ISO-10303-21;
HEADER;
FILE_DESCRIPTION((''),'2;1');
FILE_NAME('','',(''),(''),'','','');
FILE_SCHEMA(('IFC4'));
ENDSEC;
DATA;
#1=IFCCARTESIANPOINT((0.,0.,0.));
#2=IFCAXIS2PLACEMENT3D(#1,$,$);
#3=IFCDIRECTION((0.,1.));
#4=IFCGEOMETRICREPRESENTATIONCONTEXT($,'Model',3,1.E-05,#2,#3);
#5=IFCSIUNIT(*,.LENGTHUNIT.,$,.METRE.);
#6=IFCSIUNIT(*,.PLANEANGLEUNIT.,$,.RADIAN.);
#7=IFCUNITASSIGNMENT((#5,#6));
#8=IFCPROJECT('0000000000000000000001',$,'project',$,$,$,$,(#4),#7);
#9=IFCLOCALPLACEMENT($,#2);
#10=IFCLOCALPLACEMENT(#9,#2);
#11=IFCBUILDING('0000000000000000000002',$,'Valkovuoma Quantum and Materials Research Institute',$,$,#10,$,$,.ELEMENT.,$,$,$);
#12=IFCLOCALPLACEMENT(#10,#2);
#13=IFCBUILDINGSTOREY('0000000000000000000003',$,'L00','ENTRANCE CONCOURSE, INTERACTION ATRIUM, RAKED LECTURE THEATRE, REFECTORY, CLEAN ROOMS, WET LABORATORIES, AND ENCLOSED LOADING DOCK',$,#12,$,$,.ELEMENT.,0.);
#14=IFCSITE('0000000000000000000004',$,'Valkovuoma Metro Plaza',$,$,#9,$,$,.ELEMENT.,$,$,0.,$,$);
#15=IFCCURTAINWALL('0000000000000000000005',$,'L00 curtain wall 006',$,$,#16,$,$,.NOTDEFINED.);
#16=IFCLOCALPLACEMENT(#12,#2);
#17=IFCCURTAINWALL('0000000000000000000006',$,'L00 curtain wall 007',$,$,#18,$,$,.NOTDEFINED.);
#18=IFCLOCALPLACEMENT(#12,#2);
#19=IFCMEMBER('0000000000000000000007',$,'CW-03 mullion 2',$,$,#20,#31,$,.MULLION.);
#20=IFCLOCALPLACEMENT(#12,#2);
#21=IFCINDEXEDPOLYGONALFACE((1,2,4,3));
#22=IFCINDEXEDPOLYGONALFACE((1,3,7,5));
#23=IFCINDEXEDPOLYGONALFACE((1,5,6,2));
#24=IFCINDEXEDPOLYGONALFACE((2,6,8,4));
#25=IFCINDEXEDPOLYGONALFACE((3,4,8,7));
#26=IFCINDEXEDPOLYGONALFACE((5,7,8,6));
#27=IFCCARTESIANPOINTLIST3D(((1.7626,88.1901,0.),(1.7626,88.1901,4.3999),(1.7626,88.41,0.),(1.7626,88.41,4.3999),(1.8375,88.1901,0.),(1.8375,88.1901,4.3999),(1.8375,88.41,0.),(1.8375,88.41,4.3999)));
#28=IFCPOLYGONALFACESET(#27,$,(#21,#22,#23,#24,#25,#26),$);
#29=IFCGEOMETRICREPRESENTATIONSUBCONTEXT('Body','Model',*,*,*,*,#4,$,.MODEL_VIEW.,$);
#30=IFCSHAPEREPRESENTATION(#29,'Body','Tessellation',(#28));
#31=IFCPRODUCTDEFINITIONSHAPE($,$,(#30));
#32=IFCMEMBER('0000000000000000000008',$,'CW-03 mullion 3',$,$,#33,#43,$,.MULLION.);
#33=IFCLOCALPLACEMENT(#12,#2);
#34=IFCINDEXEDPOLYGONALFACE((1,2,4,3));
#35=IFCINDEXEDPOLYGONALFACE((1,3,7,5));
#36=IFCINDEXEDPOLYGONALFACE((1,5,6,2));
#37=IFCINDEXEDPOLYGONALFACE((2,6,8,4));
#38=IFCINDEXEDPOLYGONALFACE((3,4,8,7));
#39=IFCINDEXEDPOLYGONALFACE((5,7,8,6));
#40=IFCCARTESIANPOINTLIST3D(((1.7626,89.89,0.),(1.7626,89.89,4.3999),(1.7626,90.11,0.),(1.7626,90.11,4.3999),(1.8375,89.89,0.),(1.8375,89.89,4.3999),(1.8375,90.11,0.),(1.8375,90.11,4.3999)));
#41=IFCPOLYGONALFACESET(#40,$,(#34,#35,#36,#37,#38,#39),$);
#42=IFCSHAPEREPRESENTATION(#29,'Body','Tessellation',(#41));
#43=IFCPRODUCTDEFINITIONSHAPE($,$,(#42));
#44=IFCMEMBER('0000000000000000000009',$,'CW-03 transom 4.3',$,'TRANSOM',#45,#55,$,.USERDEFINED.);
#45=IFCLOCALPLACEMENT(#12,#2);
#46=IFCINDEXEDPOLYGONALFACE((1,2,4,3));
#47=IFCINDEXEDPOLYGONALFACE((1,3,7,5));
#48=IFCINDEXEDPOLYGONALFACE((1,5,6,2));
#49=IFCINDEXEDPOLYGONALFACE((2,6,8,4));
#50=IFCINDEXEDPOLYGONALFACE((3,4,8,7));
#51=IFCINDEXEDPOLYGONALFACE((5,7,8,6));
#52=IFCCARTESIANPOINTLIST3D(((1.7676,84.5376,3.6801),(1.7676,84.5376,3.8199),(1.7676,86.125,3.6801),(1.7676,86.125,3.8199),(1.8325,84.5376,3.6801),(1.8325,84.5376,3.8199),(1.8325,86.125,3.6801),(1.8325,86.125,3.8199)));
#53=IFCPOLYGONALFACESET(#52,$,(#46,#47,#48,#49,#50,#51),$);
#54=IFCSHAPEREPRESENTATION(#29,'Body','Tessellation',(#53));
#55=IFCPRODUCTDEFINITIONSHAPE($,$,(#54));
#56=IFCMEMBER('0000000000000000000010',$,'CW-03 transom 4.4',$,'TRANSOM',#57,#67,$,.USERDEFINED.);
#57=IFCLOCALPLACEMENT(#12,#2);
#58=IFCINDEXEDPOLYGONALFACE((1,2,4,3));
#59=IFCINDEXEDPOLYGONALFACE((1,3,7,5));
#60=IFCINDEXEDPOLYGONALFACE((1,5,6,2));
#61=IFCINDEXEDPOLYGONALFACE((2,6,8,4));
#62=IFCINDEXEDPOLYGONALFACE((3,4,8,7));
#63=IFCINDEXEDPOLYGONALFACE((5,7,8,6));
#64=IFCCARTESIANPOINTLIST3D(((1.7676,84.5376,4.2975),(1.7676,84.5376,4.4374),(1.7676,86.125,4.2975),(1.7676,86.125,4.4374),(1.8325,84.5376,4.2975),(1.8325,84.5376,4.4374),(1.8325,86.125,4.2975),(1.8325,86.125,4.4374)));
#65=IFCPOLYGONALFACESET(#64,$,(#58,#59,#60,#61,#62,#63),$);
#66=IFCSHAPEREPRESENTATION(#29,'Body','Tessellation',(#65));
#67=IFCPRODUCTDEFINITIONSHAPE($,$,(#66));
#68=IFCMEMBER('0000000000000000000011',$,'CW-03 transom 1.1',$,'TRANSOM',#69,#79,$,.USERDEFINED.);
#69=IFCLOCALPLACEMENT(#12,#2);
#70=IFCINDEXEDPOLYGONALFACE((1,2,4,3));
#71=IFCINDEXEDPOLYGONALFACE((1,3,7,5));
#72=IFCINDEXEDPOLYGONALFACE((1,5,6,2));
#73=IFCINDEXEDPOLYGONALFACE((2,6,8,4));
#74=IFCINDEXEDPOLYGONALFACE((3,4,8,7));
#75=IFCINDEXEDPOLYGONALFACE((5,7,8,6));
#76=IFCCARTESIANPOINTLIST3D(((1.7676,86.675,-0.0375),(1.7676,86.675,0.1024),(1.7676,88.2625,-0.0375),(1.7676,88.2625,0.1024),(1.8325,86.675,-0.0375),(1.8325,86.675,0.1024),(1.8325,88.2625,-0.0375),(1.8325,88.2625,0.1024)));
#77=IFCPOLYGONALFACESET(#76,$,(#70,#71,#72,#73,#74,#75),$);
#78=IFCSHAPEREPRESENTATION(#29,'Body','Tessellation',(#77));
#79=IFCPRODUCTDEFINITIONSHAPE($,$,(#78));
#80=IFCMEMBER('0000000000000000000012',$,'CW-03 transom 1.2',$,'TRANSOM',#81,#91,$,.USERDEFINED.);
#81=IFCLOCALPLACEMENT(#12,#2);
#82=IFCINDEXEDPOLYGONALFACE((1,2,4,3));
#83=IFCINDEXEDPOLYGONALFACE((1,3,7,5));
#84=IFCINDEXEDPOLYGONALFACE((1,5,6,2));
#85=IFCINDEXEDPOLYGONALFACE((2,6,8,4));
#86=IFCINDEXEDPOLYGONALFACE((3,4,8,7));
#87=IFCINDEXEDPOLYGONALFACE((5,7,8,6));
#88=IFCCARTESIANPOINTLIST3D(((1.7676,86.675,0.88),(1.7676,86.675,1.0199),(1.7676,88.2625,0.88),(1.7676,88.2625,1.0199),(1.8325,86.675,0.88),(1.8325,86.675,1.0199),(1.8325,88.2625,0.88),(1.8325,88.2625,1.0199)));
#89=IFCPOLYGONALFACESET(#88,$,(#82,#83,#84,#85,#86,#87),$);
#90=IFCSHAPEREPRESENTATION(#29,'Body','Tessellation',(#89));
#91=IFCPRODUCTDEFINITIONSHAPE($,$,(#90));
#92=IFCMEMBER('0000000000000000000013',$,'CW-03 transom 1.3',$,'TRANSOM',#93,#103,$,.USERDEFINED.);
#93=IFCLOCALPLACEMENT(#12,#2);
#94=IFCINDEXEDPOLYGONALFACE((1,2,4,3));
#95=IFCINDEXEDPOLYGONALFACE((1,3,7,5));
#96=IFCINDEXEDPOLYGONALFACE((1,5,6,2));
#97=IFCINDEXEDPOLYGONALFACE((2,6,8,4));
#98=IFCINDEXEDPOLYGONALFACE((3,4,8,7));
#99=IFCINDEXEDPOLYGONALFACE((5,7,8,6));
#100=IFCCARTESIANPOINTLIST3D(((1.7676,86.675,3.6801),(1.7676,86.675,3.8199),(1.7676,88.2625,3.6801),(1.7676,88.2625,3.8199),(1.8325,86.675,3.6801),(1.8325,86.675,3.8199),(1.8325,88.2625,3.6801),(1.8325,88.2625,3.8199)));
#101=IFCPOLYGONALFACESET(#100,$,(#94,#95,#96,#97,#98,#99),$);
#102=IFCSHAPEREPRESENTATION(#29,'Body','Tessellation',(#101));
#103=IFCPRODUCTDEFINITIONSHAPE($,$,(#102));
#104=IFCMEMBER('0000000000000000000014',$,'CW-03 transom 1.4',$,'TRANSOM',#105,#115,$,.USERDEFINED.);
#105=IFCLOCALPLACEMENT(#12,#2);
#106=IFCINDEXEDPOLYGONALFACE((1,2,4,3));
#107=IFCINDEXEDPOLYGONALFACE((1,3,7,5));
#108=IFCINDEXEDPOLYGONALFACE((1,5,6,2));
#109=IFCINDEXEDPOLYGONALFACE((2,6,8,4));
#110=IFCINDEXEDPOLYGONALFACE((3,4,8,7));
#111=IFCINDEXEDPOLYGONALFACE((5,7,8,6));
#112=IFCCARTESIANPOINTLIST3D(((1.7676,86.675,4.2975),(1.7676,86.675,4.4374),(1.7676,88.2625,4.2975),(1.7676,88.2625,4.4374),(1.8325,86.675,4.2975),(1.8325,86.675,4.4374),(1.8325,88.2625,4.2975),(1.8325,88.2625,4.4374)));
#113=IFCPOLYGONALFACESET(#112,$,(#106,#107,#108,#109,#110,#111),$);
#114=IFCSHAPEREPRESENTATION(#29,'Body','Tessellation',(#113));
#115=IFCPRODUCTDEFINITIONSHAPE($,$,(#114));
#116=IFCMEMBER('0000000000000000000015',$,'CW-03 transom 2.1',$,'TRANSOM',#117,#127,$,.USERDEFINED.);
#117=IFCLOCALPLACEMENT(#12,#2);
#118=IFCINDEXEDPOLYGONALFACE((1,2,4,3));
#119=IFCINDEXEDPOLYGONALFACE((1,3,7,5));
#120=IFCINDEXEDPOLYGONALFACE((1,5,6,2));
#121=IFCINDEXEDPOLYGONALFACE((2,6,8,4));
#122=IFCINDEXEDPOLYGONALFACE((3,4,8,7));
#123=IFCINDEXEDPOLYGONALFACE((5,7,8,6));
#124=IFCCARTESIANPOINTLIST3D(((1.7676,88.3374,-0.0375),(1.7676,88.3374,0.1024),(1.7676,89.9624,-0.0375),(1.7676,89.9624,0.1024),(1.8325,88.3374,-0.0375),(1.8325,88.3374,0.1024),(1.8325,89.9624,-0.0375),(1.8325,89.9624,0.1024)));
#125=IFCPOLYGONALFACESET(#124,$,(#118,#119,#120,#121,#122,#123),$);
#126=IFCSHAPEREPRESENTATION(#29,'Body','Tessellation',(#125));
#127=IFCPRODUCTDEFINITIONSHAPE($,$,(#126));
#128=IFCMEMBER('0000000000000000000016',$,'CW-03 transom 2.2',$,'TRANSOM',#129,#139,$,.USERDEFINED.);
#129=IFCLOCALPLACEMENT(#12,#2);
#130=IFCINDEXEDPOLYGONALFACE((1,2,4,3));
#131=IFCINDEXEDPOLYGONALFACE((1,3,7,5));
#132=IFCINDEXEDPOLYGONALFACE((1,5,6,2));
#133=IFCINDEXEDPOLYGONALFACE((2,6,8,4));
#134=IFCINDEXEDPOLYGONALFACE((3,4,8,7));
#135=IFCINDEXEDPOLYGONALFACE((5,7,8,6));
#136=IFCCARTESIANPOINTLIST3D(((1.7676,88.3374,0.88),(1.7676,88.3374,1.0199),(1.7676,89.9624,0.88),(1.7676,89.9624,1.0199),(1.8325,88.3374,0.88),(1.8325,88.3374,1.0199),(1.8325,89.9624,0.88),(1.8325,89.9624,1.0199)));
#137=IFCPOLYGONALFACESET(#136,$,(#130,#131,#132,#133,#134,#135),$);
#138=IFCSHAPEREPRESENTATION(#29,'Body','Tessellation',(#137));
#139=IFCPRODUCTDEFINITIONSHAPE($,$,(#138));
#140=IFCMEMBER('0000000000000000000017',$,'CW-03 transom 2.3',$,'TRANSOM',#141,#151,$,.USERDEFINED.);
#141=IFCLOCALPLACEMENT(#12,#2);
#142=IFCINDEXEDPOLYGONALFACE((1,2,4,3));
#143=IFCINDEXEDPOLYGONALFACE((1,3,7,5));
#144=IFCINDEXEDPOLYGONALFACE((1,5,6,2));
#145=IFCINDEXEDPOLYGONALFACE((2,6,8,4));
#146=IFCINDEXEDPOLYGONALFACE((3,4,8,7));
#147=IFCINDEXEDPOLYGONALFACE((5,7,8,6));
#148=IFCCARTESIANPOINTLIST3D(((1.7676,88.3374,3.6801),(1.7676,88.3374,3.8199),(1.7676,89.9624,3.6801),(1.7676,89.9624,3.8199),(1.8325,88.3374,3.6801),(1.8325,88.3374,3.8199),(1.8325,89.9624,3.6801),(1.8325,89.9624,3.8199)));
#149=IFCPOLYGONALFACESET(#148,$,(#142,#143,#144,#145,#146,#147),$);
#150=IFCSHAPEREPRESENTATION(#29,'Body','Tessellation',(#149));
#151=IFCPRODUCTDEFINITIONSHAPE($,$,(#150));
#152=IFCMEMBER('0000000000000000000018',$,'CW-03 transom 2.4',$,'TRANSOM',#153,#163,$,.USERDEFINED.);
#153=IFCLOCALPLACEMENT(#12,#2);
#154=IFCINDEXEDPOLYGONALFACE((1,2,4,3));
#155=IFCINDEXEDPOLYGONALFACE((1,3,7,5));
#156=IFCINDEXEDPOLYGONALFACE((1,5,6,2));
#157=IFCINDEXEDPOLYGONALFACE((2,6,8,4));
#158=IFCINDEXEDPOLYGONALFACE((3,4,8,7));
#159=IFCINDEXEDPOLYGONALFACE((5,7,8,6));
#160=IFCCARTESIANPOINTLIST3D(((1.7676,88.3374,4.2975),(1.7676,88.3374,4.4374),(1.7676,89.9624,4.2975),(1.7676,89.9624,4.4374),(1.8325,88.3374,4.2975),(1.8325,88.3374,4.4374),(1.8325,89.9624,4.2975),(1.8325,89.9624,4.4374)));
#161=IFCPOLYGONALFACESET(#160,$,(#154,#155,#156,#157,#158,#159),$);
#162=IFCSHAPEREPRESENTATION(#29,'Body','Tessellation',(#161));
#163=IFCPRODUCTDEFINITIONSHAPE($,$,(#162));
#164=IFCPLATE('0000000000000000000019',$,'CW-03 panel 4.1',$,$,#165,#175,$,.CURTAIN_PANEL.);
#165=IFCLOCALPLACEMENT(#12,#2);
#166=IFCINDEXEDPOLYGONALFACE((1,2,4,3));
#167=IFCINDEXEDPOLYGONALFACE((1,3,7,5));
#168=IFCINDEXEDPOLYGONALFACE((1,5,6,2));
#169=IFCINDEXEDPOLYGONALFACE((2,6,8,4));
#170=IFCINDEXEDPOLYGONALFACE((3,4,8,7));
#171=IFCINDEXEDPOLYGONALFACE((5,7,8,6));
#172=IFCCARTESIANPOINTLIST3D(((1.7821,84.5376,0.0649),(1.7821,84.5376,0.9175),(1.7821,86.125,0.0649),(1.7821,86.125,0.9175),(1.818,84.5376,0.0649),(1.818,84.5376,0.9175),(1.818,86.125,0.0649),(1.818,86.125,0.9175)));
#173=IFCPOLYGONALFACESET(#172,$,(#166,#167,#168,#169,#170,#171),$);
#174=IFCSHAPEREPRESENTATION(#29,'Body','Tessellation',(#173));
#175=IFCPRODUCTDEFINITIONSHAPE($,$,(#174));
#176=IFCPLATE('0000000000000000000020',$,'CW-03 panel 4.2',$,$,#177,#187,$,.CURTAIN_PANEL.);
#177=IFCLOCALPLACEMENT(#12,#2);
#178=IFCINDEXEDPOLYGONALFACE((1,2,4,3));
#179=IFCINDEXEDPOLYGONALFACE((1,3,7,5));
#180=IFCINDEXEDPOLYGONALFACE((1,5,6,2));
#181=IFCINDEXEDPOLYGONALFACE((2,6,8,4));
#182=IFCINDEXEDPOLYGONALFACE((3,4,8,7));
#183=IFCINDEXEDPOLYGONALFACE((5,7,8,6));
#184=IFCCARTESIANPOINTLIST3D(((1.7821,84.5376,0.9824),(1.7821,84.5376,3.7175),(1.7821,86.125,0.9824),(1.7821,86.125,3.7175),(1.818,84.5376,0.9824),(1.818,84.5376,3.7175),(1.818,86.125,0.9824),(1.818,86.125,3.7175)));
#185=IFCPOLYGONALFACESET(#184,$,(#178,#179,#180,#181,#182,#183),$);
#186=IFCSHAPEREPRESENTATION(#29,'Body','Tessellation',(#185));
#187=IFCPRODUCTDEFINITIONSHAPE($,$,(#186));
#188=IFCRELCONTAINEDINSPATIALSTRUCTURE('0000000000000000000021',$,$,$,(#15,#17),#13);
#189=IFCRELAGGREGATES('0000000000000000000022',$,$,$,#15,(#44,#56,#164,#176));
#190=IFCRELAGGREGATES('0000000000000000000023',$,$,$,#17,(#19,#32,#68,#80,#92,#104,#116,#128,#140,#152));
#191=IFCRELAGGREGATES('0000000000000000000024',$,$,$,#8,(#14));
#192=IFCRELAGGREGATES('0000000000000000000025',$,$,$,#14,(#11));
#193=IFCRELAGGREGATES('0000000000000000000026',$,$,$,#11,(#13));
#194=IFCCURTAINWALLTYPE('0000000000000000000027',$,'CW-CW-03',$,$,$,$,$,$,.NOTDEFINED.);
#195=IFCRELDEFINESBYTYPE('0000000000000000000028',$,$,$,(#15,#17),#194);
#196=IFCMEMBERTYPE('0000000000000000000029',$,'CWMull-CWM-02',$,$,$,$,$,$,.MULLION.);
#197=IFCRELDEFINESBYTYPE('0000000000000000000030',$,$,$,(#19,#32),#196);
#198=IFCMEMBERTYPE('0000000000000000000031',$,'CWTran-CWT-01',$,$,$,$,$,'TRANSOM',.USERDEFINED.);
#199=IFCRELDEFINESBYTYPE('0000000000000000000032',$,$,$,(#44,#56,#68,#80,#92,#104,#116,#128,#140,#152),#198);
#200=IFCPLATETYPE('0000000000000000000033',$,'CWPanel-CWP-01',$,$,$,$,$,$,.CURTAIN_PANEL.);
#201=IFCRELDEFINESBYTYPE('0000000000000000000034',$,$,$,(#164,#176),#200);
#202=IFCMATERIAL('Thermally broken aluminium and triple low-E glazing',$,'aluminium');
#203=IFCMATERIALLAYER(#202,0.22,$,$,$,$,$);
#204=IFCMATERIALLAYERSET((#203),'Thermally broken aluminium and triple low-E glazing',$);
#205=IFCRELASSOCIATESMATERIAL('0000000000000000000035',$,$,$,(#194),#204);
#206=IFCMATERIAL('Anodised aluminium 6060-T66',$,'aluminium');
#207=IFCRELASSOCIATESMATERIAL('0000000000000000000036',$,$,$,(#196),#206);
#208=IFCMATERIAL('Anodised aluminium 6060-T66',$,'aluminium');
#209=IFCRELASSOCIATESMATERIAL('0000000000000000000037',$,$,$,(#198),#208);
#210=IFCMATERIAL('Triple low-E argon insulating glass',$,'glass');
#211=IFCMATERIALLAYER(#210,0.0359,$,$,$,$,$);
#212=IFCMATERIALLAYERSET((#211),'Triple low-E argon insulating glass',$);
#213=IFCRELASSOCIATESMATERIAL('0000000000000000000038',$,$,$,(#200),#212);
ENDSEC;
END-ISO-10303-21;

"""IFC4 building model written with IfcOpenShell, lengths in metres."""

from ifc_helpers import new_model, si_unit, direction, frame, origin, origin_2d, place, context, subcontext, project, spatial, rectangle, extrude, material, layer, layer_set, material_profile, profile_set, type_object, element, aggregate, save


model = new_model("IFC4")

# Units and contexts
model_context = context("Model", 3, precision=1e-05, world=origin(), true_north=direction((0.0, 1.0)))
body_context = subcontext(model_context, "Body", "Model", "MODEL_VIEW")
ifc_project = project(units=[si_unit("LENGTHUNIT", "METRE"), si_unit("PLANEANGLEUNIT", "RADIAN")], contexts=[model_context])

# Site, building, storey
site_placement = place(None, origin())
site = spatial("IfcSite", under=ifc_project, at=site_placement, Name="Valkovuoma Metro Plaza", CompositionType="ELEMENT", RefElevation=0.0)
building_placement = place(site_placement, origin())
building = spatial("IfcBuilding", under=site, at=building_placement, Name="Valkovuoma Quantum and Materials Research Institute", CompositionType="ELEMENT")
storey_placement = place(building_placement, origin())
storey = spatial("IfcBuildingStorey", under=building, at=storey_placement, Name="L00", Description="ENTRANCE CONCOURSE, INTERACTION ATRIUM, RAKED LECTURE THEATRE, REFECTORY, CLEAN ROOMS, WET LABORATORIES, AND ENCLOSED LOADING DOCK", CompositionType="ELEMENT", Elevation=0.0)

# Curtain wall
ifc_material_1 = material(Name="Thermally broken aluminium and triple low-E glazing", Category="aluminium")
ifc_layer_1 = layer(ifc_material_1, 0.22)
ifc_layer_set_1 = layer_set([ifc_layer_1], Name="Thermally broken aluminium and triple low-E glazing")
curtain_wall_type = type_object("IfcCurtainWallType", Name="CW-CW-03", PredefinedType="NOTDEFINED", material=ifc_layer_set_1)
curtain_wall_1_placement = place(storey_placement, origin())
curtain_wall_1 = element("IfcCurtainWall", 1, at=curtain_wall_1_placement, inside=storey, type_object=curtain_wall_type, Name="L00 curtain wall 006", PredefinedType="NOTDEFINED")
ifc_material_2 = material(Name="Anodised aluminium 6060-T66", Category="aluminium")
ifc_material_profile_1 = material_profile(ifc_material_2, rectangle(XDim=0.075, YDim=0.22, at=origin_2d()), Name="Anodised aluminium 6060-T66")
ifc_profile_set_1 = profile_set([ifc_material_profile_1], Name="Anodised aluminium 6060-T66")
member_type_1 = type_object("IfcMemberType", Name="CWMull-CWM-02", PredefinedType="MULLION", material=ifc_profile_set_1)

# Curtain wall, members
curtain_wall_2_placement = place(storey_placement, origin())
curtain_wall_2 = element("IfcCurtainWall", 2, at=curtain_wall_2_placement, inside=storey, type_object=curtain_wall_type, Name="L00 curtain wall 007", PredefinedType="NOTDEFINED")
member_1_placement = place(storey_placement, frame((1.8, 88.3, 0.0), z_axis=(0.0, 0.0, 1.0), x_axis=(-1.0, 0.0, 0.0)))
member_1 = element("IfcMember", 3, at=member_1_placement, type_object=member_type_1, Name="CW-03 mullion 2", PredefinedType="MULLION", context=body_context, shape_type="SweptSolid", body=[
    extrude(rectangle(XDim=0.075, YDim=0.22, at=origin_2d()), origin(), (0.0, 0.0, 1.0), 4.3999),
])
member_2_placement = place(storey_placement, frame((1.8, 90.0, 0.0), z_axis=(0.0, 0.0, 1.0), x_axis=(-1.0, 0.0, 0.0)))
member_2 = element("IfcMember", 4, at=member_2_placement, type_object=member_type_1, Name="CW-03 mullion 3", PredefinedType="MULLION", context=body_context, shape_type="SweptSolid", body=[
    extrude(rectangle(XDim=0.075, YDim=0.22, at=origin_2d()), origin(), (0.0, 0.0, 1.0), 4.3999),
])

# Members
ifc_material_3 = material(Name="Anodised aluminium 6060-T66", Category="aluminium")
ifc_material_profile_2 = material_profile(ifc_material_3, rectangle(XDim=0.0649, YDim=0.1399, at=origin_2d()), Name="Anodised aluminium 6060-T66")
ifc_profile_set_2 = profile_set([ifc_material_profile_2], Name="Anodised aluminium 6060-T66")
member_type_2 = type_object("IfcMemberType", Name="CWTran-CWT-01", ElementType="TRANSOM", PredefinedType="USERDEFINED", material=ifc_profile_set_2)
member_3_placement = place(storey_placement, frame((1.8, 84.5376, 3.75), z_axis=(0.0, 1.0, 0.0), x_axis=(-1.0, 0.0, 0.0)))
member_3 = element("IfcMember", 5, at=member_3_placement, type_object=member_type_2, Name="CW-03 transom 4.3", ObjectType="TRANSOM", PredefinedType="USERDEFINED", context=body_context, shape_type="SweptSolid", body=[
    extrude(rectangle(XDim=0.0649, YDim=0.1399, at=origin_2d()), origin(), (0.0, 0.0, 1.0), 1.5874),
])
member_4_placement = place(storey_placement, frame((1.8, 84.5376, 4.3674), z_axis=(0.0, 1.0, 0.0), x_axis=(-1.0, 0.0, 0.0)))
member_4 = element("IfcMember", 6, at=member_4_placement, type_object=member_type_2, Name="CW-03 transom 4.4", ObjectType="TRANSOM", PredefinedType="USERDEFINED", context=body_context, shape_type="SweptSolid", body=[
    extrude(rectangle(XDim=0.0649, YDim=0.1399, at=origin_2d()), origin(), (0.0, 0.0, 1.0), 1.5874),
])
member_5_placement = place(storey_placement, frame((1.8, 86.675, 0.0325), z_axis=(0.0, 1.0, 0.0), x_axis=(-1.0, 0.0, 0.0)))
member_5 = element("IfcMember", 7, at=member_5_placement, type_object=member_type_2, Name="CW-03 transom 1.1", ObjectType="TRANSOM", PredefinedType="USERDEFINED", context=body_context, shape_type="SweptSolid", body=[
    extrude(rectangle(XDim=0.0649, YDim=0.1399, at=origin_2d()), origin(), (0.0, 0.0, 1.0), 1.5874),
])
member_6_placement = place(storey_placement, frame((1.8, 86.675, 0.95), z_axis=(0.0, 1.0, 0.0), x_axis=(-1.0, 0.0, 0.0)))
member_6 = element("IfcMember", 8, at=member_6_placement, type_object=member_type_2, Name="CW-03 transom 1.2", ObjectType="TRANSOM", PredefinedType="USERDEFINED", context=body_context, shape_type="SweptSolid", body=[
    extrude(rectangle(XDim=0.0649, YDim=0.1399, at=origin_2d()), origin(), (0.0, 0.0, 1.0), 1.5874),
])
member_7_placement = place(storey_placement, frame((1.8, 86.675, 3.75), z_axis=(0.0, 1.0, 0.0), x_axis=(-1.0, 0.0, 0.0)))
member_7 = element("IfcMember", 9, at=member_7_placement, type_object=member_type_2, Name="CW-03 transom 1.3", ObjectType="TRANSOM", PredefinedType="USERDEFINED", context=body_context, shape_type="SweptSolid", body=[
    extrude(rectangle(XDim=0.0649, YDim=0.1399, at=origin_2d()), origin(), (0.0, 0.0, 1.0), 1.5874),
])
member_8_placement = place(storey_placement, frame((1.8, 86.675, 4.3674), z_axis=(0.0, 1.0, 0.0), x_axis=(-1.0, 0.0, 0.0)))
member_8 = element("IfcMember", 10, at=member_8_placement, type_object=member_type_2, Name="CW-03 transom 1.4", ObjectType="TRANSOM", PredefinedType="USERDEFINED", context=body_context, shape_type="SweptSolid", body=[
    extrude(rectangle(XDim=0.0649, YDim=0.1399, at=origin_2d()), origin(), (0.0, 0.0, 1.0), 1.5874),
])
member_9_placement = place(storey_placement, frame((1.8, 88.3374, 0.0325), z_axis=(0.0, 1.0, 0.0), x_axis=(-1.0, 0.0, 0.0)))
member_9 = element("IfcMember", 11, at=member_9_placement, type_object=member_type_2, Name="CW-03 transom 2.1", ObjectType="TRANSOM", PredefinedType="USERDEFINED", context=body_context, shape_type="SweptSolid", body=[
    extrude(rectangle(XDim=0.0649, YDim=0.1399, at=origin_2d()), origin(), (0.0, 0.0, 1.0), 1.625),
])
member_10_placement = place(storey_placement, frame((1.8, 88.3374, 0.95), z_axis=(0.0, 1.0, 0.0), x_axis=(-1.0, 0.0, 0.0)))
member_10 = element("IfcMember", 12, at=member_10_placement, type_object=member_type_2, Name="CW-03 transom 2.2", ObjectType="TRANSOM", PredefinedType="USERDEFINED", context=body_context, shape_type="SweptSolid", body=[
    extrude(rectangle(XDim=0.0649, YDim=0.1399, at=origin_2d()), origin(), (0.0, 0.0, 1.0), 1.625),
])
member_11_placement = place(storey_placement, frame((1.8, 88.3374, 3.75), z_axis=(0.0, 1.0, 0.0), x_axis=(-1.0, 0.0, 0.0)))
member_11 = element("IfcMember", 13, at=member_11_placement, type_object=member_type_2, Name="CW-03 transom 2.3", ObjectType="TRANSOM", PredefinedType="USERDEFINED", context=body_context, shape_type="SweptSolid", body=[
    extrude(rectangle(XDim=0.0649, YDim=0.1399, at=origin_2d()), origin(), (0.0, 0.0, 1.0), 1.625),
])
member_12_placement = place(storey_placement, frame((1.8, 88.3374, 4.3674), z_axis=(0.0, 1.0, 0.0), x_axis=(-1.0, 0.0, 0.0)))
member_12 = element("IfcMember", 14, at=member_12_placement, type_object=member_type_2, Name="CW-03 transom 2.4", ObjectType="TRANSOM", PredefinedType="USERDEFINED", context=body_context, shape_type="SweptSolid", body=[
    extrude(rectangle(XDim=0.0649, YDim=0.1399, at=origin_2d()), origin(), (0.0, 0.0, 1.0), 1.625),
])

# Plates
ifc_material_4 = material(Name="Triple low-E argon insulating glass", Category="glass")
ifc_layer_2 = layer(ifc_material_4, 0.0359)
ifc_layer_set_2 = layer_set([ifc_layer_2], Name="Triple low-E argon insulating glass")
plate_type = type_object("IfcPlateType", Name="CWPanel-CWP-01", PredefinedType="CURTAIN_PANEL", material=ifc_layer_set_2)
plate_1_placement = place(storey_placement, frame((1.8, 85.3313, 0.0649), z_axis=(0.0, 0.0, 1.0), x_axis=(0.0, 1.0, 0.0)))
plate_1 = element("IfcPlate", 15, at=plate_1_placement, type_object=plate_type, Name="CW-03 panel 4.1", PredefinedType="CURTAIN_PANEL", context=body_context, shape_type="SweptSolid", body=[
    extrude(rectangle(XDim=1.5874, YDim=0.0359, at=origin_2d()), origin(), (0.0, 0.0, 1.0), 0.8525),
])
plate_2_placement = place(storey_placement, frame((1.8, 85.3313, 0.9824), z_axis=(0.0, 0.0, 1.0), x_axis=(0.0, 1.0, 0.0)))
plate_2 = element("IfcPlate", 16, at=plate_2_placement, type_object=plate_type, Name="CW-03 panel 4.2", PredefinedType="CURTAIN_PANEL", context=body_context, shape_type="SweptSolid", body=[
    extrude(rectangle(XDim=1.5874, YDim=0.0359, at=origin_2d()), origin(), (0.0, 0.0, 1.0), 2.7351),
])
aggregate(curtain_wall_1, [member_3, member_4, plate_1, plate_2])
aggregate(curtain_wall_2, [member_1, member_2, member_5, member_6, member_7, member_8, member_9, member_10, member_11, member_12])

save(model, "model.ifc")
